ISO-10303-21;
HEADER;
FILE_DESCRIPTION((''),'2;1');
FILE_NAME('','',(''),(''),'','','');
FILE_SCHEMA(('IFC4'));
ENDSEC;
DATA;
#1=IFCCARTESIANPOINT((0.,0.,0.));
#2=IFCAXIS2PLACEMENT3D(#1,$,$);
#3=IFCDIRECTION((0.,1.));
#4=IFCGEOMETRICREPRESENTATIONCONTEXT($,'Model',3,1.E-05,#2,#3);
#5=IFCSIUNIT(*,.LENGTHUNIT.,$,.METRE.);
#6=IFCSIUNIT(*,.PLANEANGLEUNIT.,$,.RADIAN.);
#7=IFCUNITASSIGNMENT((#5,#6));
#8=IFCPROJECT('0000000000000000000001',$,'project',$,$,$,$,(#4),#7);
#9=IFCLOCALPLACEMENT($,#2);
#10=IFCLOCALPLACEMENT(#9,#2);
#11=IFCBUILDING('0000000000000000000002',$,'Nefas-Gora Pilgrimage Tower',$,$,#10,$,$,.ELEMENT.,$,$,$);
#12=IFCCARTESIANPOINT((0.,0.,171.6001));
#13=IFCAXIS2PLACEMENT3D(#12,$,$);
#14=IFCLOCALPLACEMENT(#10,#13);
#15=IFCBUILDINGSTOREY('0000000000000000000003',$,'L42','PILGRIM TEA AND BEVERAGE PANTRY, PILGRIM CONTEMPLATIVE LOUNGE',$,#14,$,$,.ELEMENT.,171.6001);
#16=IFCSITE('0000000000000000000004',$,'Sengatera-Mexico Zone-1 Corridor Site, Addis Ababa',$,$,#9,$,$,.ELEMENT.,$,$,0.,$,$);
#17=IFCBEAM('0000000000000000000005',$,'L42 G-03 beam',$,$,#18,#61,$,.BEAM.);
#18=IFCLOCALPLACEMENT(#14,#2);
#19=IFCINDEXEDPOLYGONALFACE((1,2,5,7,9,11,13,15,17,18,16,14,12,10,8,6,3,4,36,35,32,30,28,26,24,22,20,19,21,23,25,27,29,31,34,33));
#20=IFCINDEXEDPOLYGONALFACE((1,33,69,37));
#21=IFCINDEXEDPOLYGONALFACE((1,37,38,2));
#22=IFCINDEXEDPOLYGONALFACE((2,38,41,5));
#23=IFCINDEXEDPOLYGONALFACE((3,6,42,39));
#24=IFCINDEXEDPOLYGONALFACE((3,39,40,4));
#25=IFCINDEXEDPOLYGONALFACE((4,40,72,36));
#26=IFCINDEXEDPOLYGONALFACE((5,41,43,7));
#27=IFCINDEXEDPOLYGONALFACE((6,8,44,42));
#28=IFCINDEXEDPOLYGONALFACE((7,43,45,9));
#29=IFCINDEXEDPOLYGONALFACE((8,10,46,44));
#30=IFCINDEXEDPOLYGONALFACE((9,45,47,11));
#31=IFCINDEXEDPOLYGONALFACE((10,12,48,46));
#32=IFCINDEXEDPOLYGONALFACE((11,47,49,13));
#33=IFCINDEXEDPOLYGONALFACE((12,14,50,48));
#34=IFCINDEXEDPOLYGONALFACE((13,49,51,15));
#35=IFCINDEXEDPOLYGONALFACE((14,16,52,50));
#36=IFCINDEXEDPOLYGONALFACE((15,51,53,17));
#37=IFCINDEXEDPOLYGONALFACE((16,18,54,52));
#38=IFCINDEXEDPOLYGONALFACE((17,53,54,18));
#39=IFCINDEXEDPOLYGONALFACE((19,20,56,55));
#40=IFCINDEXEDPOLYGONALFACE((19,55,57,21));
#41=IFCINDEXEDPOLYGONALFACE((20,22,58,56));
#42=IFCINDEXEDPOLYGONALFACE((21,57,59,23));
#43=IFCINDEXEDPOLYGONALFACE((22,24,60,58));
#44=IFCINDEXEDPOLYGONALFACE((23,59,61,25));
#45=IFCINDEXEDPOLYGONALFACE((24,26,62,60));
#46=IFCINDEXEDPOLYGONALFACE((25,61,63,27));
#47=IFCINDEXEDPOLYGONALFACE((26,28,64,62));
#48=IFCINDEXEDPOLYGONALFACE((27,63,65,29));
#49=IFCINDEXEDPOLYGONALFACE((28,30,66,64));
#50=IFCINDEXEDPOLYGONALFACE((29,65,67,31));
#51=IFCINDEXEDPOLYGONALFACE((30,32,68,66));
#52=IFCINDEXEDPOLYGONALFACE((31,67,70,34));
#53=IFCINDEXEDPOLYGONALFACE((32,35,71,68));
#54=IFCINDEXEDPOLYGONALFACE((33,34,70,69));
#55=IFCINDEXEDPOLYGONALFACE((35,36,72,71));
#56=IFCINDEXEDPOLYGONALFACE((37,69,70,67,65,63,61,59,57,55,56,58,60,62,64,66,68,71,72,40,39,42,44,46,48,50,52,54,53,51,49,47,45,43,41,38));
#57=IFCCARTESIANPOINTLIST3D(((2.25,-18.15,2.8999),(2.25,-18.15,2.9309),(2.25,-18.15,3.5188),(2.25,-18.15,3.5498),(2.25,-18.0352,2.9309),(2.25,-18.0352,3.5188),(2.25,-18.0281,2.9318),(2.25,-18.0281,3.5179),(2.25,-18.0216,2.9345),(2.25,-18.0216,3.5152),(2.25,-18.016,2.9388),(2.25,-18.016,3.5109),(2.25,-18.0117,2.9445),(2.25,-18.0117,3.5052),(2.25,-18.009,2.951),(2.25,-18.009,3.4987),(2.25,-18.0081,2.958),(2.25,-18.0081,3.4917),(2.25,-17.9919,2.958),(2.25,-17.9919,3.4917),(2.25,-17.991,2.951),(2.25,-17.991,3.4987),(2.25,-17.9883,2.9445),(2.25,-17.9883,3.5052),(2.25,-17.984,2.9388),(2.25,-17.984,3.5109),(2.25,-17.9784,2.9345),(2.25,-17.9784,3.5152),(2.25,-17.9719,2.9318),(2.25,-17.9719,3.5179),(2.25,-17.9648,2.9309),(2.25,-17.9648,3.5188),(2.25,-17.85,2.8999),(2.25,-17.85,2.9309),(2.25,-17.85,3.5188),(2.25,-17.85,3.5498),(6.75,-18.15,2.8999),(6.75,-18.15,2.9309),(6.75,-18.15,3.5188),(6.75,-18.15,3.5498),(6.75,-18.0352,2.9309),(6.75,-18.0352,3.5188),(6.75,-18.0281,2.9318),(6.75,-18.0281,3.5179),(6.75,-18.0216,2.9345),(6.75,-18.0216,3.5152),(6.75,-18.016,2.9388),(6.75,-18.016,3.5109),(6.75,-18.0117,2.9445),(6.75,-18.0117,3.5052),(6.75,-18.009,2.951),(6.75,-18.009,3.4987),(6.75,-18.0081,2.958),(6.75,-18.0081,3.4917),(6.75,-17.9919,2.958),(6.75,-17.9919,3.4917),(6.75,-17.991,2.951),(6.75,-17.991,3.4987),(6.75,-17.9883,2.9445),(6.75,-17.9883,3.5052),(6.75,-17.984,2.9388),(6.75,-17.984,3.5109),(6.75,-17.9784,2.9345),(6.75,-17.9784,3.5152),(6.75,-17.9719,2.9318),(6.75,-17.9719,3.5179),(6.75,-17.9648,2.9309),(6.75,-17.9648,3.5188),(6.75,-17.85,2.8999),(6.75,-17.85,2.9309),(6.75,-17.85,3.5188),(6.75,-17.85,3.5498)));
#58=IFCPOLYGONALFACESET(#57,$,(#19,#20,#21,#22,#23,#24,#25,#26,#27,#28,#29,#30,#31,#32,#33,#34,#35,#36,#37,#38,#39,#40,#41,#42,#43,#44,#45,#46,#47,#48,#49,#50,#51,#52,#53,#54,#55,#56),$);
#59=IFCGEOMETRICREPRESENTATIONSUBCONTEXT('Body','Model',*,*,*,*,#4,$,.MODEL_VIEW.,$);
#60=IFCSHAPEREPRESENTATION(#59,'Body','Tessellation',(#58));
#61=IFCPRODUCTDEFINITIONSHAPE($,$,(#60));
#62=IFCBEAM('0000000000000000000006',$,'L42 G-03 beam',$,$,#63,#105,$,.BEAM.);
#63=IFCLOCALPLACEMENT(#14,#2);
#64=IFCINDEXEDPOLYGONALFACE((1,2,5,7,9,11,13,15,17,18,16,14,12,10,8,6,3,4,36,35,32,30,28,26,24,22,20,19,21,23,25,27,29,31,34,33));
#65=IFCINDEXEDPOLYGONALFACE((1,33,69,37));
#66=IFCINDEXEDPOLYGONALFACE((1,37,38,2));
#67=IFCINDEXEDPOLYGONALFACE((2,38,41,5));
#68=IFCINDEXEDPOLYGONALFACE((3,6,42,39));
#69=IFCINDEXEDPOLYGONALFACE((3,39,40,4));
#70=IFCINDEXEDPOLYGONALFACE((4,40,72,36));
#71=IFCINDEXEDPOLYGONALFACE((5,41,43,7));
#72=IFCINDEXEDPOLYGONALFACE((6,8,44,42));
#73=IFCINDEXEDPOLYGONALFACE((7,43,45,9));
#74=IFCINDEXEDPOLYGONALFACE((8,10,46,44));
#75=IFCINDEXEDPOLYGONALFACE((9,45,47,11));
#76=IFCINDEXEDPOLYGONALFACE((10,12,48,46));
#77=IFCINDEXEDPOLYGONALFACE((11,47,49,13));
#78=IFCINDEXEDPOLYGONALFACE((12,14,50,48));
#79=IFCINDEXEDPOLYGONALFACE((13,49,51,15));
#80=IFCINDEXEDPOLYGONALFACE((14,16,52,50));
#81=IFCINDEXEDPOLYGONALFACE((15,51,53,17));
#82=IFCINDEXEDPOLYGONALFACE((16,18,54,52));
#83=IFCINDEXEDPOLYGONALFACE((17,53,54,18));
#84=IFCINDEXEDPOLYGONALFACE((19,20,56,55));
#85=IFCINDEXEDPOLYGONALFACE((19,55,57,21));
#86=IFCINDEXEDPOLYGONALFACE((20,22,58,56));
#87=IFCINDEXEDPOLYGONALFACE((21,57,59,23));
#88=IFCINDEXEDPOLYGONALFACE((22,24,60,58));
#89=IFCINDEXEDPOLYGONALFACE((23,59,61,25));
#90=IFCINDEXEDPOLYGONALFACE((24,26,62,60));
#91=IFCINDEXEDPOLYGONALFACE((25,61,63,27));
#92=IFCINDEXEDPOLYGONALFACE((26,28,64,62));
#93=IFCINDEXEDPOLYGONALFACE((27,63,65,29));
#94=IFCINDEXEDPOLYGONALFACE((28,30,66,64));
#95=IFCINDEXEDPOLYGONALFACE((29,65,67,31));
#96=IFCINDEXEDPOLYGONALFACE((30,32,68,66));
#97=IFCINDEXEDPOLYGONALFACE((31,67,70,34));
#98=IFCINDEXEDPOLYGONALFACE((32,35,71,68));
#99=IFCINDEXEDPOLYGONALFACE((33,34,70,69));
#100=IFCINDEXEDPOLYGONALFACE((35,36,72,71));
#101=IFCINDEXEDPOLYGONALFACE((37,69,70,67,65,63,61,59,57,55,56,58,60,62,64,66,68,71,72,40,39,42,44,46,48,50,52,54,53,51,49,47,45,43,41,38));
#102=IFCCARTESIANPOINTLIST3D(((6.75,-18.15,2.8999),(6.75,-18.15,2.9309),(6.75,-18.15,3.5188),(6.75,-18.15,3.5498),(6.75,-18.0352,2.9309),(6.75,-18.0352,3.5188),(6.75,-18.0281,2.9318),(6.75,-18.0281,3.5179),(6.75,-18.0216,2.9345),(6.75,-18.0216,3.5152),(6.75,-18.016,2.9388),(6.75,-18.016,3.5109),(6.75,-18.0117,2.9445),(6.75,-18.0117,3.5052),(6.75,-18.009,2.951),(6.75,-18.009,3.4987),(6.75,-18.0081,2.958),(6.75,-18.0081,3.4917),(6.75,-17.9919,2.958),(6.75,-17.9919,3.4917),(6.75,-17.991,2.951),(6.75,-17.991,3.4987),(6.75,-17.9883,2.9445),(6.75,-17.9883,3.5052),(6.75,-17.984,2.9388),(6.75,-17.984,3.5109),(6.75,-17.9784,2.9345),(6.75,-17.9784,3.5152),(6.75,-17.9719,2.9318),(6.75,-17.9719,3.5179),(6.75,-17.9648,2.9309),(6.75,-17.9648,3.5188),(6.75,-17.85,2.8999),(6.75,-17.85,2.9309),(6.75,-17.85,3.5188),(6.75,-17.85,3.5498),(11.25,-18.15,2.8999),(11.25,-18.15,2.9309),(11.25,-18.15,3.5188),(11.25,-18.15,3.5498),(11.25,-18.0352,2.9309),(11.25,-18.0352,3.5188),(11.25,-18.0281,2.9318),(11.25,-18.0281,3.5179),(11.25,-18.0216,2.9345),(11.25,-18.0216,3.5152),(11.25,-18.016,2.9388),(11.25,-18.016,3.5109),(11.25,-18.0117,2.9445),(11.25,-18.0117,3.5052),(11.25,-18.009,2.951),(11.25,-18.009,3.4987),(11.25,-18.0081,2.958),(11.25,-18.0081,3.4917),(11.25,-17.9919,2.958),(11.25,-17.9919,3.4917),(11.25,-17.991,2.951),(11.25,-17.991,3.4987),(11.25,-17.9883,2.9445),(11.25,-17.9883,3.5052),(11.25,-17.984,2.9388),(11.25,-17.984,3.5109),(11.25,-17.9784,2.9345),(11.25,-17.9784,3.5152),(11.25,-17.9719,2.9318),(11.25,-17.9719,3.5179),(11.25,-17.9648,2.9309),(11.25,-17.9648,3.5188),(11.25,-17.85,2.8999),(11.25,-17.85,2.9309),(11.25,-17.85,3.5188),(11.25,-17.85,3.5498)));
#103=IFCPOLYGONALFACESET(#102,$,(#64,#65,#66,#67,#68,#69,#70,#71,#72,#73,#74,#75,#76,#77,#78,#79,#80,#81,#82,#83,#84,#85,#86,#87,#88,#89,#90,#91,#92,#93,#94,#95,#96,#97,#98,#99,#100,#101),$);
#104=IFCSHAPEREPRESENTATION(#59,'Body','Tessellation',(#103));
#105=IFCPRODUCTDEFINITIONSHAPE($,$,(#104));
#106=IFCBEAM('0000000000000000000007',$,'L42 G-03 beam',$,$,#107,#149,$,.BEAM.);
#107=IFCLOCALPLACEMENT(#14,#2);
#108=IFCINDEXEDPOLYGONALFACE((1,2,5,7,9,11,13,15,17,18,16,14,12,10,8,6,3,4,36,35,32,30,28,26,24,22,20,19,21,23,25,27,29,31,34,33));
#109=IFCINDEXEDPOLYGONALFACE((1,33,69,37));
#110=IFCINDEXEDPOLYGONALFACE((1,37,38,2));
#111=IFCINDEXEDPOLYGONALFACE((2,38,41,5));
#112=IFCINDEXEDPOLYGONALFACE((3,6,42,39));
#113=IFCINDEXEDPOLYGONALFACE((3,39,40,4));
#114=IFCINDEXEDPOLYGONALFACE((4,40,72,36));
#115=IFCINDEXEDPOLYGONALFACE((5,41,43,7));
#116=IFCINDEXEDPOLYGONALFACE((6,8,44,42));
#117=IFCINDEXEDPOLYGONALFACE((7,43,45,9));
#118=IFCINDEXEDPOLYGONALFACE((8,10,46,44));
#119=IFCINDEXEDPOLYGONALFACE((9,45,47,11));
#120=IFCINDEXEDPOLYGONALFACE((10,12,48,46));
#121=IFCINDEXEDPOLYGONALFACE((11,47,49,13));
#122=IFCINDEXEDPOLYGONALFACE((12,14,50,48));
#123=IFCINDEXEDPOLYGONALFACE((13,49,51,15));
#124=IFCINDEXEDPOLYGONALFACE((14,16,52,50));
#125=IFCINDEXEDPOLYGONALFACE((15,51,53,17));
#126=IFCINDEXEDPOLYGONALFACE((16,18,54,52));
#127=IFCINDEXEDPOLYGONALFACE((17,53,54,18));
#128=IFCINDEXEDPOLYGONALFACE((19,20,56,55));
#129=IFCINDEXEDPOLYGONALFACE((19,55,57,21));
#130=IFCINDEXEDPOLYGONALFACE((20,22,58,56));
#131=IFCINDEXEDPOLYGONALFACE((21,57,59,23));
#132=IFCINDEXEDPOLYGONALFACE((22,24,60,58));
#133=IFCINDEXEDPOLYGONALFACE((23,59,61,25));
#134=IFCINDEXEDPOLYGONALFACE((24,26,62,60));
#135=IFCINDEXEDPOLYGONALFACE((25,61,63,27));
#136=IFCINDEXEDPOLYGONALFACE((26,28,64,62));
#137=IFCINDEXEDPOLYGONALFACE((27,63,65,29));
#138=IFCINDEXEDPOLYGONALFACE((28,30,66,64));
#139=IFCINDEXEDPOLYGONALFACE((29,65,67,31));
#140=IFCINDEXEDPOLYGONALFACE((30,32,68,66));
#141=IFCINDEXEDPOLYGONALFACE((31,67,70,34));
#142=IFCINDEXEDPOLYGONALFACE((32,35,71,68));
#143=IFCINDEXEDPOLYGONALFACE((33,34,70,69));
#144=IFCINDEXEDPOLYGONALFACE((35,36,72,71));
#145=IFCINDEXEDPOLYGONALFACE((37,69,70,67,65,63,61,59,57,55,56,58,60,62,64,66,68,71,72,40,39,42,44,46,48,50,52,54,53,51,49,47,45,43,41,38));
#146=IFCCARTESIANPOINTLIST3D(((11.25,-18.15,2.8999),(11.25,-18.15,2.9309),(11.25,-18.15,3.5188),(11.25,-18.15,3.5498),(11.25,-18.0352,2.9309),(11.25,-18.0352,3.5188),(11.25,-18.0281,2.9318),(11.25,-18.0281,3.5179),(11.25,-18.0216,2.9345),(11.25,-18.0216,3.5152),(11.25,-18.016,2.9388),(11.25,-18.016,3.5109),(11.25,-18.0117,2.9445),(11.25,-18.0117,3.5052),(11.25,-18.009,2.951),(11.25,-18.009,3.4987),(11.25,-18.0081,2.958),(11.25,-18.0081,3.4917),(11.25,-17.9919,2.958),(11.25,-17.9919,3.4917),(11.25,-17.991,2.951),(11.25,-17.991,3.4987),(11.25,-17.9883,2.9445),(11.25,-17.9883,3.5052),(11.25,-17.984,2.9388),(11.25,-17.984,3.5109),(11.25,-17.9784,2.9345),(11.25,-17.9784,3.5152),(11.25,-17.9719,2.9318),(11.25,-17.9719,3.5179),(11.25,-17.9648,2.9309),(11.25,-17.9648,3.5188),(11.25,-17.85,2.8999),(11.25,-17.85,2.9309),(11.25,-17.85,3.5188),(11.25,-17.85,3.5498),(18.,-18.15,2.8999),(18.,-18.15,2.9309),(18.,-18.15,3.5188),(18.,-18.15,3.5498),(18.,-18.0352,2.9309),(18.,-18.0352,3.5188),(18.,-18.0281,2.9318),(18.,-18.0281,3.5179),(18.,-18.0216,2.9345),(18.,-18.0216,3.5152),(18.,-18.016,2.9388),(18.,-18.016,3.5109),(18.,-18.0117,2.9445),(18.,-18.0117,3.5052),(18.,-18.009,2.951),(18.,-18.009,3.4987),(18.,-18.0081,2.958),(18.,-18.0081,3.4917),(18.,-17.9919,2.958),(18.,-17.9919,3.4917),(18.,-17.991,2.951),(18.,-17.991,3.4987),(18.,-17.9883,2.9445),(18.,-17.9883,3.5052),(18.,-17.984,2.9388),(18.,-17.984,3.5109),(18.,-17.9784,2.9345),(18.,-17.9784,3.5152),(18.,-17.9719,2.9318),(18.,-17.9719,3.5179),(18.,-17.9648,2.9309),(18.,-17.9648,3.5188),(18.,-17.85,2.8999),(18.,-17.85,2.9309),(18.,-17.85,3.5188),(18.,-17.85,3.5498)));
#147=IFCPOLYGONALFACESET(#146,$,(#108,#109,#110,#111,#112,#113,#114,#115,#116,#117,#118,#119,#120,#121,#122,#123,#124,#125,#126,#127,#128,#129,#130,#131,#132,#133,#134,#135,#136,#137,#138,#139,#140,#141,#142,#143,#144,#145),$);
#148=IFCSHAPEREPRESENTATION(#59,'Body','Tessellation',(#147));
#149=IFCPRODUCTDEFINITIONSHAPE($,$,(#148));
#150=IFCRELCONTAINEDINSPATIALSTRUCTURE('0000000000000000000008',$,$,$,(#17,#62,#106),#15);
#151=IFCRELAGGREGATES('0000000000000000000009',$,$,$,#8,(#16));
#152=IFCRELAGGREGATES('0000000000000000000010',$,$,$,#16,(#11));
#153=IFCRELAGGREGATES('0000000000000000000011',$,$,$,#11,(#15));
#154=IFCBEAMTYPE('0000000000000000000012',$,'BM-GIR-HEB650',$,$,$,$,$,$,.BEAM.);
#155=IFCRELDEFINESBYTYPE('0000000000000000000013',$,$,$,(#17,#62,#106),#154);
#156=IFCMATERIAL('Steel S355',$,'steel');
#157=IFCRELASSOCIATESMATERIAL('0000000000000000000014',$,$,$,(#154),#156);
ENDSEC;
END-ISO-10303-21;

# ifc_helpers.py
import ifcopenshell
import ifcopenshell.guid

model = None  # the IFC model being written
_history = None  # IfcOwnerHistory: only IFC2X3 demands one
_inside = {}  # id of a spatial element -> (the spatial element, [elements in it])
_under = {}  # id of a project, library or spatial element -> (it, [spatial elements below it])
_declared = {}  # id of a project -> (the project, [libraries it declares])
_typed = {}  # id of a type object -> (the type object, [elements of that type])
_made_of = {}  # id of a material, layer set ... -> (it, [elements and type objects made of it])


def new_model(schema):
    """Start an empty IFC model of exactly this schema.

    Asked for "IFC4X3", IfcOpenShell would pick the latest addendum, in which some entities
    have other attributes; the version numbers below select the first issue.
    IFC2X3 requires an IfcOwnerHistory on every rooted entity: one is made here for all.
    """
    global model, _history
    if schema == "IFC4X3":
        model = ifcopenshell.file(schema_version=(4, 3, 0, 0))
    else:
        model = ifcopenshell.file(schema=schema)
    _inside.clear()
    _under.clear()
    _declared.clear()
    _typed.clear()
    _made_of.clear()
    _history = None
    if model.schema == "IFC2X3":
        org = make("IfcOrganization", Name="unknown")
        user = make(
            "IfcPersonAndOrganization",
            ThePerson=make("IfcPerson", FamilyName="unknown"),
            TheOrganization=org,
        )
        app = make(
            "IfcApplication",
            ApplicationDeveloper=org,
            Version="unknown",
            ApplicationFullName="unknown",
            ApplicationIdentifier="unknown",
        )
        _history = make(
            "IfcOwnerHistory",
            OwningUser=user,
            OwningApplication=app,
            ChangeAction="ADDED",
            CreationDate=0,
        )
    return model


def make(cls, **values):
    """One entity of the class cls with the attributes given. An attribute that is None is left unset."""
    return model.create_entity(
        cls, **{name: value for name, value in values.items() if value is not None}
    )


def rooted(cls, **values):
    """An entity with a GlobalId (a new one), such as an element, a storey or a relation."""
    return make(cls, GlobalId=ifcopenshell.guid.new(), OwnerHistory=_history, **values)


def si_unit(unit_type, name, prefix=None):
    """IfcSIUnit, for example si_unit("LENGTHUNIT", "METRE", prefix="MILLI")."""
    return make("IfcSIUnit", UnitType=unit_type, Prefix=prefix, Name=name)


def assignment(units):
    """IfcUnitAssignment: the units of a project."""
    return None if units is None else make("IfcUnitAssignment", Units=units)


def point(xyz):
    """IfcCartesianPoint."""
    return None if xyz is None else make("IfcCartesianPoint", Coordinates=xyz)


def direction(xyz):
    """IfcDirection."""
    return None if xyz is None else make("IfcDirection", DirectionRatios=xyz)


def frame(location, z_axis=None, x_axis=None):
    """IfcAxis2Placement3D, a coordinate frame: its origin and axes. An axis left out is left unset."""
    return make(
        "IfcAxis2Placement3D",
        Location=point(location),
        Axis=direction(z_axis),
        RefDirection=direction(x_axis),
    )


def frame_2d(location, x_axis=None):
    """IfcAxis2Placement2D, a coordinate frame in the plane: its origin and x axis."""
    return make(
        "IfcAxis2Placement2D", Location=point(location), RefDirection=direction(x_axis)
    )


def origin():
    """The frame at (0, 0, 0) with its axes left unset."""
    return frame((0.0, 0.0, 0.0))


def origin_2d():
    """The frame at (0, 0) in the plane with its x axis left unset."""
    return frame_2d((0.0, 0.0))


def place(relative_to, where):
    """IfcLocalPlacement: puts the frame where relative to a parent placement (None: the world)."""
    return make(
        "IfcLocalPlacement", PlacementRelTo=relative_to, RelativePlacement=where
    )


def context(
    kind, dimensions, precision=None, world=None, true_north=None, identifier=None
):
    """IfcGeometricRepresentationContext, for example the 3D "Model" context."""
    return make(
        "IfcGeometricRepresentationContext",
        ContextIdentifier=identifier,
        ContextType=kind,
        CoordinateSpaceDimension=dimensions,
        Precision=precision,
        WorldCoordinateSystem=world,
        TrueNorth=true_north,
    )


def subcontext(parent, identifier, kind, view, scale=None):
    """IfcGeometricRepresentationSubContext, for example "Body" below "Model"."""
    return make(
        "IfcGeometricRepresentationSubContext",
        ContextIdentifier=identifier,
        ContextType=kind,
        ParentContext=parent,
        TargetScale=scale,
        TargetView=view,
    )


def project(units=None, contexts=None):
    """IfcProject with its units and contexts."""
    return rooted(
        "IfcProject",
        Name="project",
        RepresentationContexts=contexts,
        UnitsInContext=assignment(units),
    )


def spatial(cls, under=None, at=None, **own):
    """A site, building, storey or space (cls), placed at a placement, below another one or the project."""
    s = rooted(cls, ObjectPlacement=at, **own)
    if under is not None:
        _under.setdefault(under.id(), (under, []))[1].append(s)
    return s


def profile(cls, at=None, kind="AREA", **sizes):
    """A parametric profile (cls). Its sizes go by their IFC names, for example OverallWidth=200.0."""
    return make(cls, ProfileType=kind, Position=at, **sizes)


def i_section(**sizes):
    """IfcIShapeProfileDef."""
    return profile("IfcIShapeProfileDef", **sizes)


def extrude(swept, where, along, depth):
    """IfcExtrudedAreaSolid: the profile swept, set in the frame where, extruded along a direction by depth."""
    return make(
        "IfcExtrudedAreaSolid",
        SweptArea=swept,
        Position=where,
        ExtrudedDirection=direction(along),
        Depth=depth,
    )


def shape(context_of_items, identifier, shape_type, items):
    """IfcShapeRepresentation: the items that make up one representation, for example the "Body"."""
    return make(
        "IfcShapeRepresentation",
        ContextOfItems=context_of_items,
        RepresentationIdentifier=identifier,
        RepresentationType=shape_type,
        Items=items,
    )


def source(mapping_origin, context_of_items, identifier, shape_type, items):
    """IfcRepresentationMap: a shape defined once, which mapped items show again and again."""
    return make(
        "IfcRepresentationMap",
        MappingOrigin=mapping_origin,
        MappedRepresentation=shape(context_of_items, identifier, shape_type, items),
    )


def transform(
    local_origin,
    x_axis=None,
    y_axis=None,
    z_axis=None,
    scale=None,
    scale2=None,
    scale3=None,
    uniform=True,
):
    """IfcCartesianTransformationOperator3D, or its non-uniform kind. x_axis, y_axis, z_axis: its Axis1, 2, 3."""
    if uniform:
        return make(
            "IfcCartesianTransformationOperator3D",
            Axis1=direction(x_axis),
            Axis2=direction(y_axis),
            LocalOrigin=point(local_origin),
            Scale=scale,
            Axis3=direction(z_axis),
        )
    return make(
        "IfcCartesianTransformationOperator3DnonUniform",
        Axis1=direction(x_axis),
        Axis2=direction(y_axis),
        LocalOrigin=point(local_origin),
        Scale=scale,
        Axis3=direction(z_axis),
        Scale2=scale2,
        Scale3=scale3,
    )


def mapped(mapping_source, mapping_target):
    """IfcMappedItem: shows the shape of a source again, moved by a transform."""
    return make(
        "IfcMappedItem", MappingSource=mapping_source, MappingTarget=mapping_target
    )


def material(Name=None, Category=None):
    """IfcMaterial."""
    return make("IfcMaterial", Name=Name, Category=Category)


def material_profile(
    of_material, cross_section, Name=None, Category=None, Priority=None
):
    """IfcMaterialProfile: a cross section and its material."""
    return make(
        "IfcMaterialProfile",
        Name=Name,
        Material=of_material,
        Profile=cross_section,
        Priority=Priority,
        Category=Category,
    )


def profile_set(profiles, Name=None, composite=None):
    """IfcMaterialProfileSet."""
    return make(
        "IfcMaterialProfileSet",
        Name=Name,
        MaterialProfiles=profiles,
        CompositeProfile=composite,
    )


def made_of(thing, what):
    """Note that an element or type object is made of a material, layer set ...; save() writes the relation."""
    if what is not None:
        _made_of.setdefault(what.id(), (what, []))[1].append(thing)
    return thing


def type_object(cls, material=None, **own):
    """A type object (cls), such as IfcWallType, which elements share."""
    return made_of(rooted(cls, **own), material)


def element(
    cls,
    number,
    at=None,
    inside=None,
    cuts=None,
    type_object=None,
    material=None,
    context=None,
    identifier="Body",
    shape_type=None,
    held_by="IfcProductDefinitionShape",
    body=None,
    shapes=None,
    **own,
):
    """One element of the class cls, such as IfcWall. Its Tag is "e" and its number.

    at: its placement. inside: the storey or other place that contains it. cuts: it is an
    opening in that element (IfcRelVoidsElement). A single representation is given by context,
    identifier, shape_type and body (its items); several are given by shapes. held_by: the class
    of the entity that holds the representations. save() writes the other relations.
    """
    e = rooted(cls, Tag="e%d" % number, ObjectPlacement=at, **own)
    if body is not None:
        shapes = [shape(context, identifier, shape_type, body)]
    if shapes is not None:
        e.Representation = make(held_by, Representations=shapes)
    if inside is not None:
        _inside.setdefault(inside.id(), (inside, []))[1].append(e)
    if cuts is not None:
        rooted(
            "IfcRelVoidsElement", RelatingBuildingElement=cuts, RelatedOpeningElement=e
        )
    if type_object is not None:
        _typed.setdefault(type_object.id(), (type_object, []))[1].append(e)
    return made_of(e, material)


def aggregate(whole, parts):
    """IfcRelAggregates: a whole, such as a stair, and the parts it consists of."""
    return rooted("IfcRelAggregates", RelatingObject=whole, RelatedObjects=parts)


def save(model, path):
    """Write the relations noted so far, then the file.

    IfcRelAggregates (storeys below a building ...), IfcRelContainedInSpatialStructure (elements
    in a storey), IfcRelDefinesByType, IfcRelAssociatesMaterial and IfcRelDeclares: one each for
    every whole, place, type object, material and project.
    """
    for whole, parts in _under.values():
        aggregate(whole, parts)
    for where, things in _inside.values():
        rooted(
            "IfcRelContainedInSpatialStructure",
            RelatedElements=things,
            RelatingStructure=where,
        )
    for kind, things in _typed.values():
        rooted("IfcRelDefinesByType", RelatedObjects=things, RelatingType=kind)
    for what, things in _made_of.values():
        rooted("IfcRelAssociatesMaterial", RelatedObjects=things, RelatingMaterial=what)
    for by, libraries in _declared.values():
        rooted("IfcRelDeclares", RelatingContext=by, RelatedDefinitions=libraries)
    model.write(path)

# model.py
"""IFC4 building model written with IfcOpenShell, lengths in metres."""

from ifc_helpers import new_model, si_unit, direction, frame, origin, origin_2d, place, context, subcontext, project, spatial, i_section, extrude, source, transform, mapped, material, material_profile, profile_set, type_object, element, save


model = new_model("IFC4")

# Units and contexts
model_context = context("Model", 3, precision=1e-05, world=origin(), true_north=direction((0.0, 1.0)))
body_context = subcontext(model_context, "Body", "Model", "MODEL_VIEW")
ifc_project = project(units=[si_unit("LENGTHUNIT", "METRE"), si_unit("PLANEANGLEUNIT", "RADIAN")], contexts=[model_context])

# Site, building, storey
site_placement = place(None, origin())
site = spatial("IfcSite", under=ifc_project, at=site_placement, Name="Sengatera-Mexico Zone-1 Corridor Site, Addis Ababa", CompositionType="ELEMENT", RefElevation=0.0)
building_placement = place(site_placement, origin())
building = spatial("IfcBuilding", under=site, at=building_placement, Name="Nefas-Gora Pilgrimage Tower", CompositionType="ELEMENT")
storey_placement = place(building_placement, frame((0.0, 0.0, 171.6001)))
storey = spatial("IfcBuildingStorey", under=building, at=storey_placement, Name="L42", Description="PILGRIM TEA AND BEVERAGE PANTRY, PILGRIM CONTEMPLATIVE LOUNGE", CompositionType="ELEMENT", Elevation=171.6001)

# Beams
ifc_material_1 = material(Name="Steel S355", Category="steel")
ifc_material_profile_1 = material_profile(ifc_material_1, i_section(OverallWidth=0.3, OverallDepth=0.6499, WebThickness=0.0161, FlangeThickness=0.031, FilletRadius=0.0271, at=origin_2d()), Name="HEB 650")
ifc_profile_set_1 = profile_set([ifc_material_profile_1], Name="Steel S355")
beam_type = type_object("IfcBeamType", Name="BM-GIR-HEB650", PredefinedType="BEAM", material=ifc_profile_set_1)
shared_shape_1 = source(origin(), body_context, "Body", "SweptSolid", [
    extrude(i_section(OverallWidth=0.3, OverallDepth=0.6499, WebThickness=0.0161, FlangeThickness=0.031, FilletRadius=0.0271, at=origin_2d()), origin(), (0.0, 0.0, 1.0), 4.5),
])
for number, where, z_axis, x_axis, name in (
    (1, (2.25, -18.0, 3.2249), (1.0, 0.0, 0.0), (0.0, 1.0, 0.0), "L42 G-03 beam"),
    (2, (6.75, -18.0, 3.2249), (1.0, 0.0, 0.0), (0.0, 1.0, 0.0), "L42 G-03 beam"),
):
    element("IfcBeam", number, at=place(storey_placement, frame(where, z_axis=z_axis, x_axis=x_axis)), inside=storey, type_object=beam_type, Name=name, PredefinedType="BEAM", context=body_context, shape_type="MappedRepresentation", body=[
        mapped(shared_shape_1, transform((0.0, 0.0, 0.0), x_axis=(1.0, 0.0, 0.0), y_axis=(0.0, 1.0, 0.0), z_axis=(0.0, 0.0, 1.0), scale=1.0)),
    ])
shared_shape_2 = source(origin(), body_context, "Body", "SweptSolid", [
    extrude(i_section(OverallWidth=0.3, OverallDepth=0.6499, WebThickness=0.0161, FlangeThickness=0.031, FilletRadius=0.0271, at=origin_2d()), origin(), (0.0, 0.0, 1.0), 6.75),
])
beam_1_placement = place(storey_placement, frame((11.25, -18.0, 3.2249), z_axis=(1.0, 0.0, 0.0), x_axis=(0.0, 1.0, 0.0)))
element("IfcBeam", 3, at=beam_1_placement, inside=storey, type_object=beam_type, Name="L42 G-03 beam", PredefinedType="BEAM", context=body_context, shape_type="MappedRepresentation", body=[
    mapped(shared_shape_2, transform((0.0, 0.0, 0.0), x_axis=(1.0, 0.0, 0.0), y_axis=(0.0, 1.0, 0.0), z_axis=(0.0, 0.0, 1.0), scale=1.0)),
])

save(model, "model.ifc")
